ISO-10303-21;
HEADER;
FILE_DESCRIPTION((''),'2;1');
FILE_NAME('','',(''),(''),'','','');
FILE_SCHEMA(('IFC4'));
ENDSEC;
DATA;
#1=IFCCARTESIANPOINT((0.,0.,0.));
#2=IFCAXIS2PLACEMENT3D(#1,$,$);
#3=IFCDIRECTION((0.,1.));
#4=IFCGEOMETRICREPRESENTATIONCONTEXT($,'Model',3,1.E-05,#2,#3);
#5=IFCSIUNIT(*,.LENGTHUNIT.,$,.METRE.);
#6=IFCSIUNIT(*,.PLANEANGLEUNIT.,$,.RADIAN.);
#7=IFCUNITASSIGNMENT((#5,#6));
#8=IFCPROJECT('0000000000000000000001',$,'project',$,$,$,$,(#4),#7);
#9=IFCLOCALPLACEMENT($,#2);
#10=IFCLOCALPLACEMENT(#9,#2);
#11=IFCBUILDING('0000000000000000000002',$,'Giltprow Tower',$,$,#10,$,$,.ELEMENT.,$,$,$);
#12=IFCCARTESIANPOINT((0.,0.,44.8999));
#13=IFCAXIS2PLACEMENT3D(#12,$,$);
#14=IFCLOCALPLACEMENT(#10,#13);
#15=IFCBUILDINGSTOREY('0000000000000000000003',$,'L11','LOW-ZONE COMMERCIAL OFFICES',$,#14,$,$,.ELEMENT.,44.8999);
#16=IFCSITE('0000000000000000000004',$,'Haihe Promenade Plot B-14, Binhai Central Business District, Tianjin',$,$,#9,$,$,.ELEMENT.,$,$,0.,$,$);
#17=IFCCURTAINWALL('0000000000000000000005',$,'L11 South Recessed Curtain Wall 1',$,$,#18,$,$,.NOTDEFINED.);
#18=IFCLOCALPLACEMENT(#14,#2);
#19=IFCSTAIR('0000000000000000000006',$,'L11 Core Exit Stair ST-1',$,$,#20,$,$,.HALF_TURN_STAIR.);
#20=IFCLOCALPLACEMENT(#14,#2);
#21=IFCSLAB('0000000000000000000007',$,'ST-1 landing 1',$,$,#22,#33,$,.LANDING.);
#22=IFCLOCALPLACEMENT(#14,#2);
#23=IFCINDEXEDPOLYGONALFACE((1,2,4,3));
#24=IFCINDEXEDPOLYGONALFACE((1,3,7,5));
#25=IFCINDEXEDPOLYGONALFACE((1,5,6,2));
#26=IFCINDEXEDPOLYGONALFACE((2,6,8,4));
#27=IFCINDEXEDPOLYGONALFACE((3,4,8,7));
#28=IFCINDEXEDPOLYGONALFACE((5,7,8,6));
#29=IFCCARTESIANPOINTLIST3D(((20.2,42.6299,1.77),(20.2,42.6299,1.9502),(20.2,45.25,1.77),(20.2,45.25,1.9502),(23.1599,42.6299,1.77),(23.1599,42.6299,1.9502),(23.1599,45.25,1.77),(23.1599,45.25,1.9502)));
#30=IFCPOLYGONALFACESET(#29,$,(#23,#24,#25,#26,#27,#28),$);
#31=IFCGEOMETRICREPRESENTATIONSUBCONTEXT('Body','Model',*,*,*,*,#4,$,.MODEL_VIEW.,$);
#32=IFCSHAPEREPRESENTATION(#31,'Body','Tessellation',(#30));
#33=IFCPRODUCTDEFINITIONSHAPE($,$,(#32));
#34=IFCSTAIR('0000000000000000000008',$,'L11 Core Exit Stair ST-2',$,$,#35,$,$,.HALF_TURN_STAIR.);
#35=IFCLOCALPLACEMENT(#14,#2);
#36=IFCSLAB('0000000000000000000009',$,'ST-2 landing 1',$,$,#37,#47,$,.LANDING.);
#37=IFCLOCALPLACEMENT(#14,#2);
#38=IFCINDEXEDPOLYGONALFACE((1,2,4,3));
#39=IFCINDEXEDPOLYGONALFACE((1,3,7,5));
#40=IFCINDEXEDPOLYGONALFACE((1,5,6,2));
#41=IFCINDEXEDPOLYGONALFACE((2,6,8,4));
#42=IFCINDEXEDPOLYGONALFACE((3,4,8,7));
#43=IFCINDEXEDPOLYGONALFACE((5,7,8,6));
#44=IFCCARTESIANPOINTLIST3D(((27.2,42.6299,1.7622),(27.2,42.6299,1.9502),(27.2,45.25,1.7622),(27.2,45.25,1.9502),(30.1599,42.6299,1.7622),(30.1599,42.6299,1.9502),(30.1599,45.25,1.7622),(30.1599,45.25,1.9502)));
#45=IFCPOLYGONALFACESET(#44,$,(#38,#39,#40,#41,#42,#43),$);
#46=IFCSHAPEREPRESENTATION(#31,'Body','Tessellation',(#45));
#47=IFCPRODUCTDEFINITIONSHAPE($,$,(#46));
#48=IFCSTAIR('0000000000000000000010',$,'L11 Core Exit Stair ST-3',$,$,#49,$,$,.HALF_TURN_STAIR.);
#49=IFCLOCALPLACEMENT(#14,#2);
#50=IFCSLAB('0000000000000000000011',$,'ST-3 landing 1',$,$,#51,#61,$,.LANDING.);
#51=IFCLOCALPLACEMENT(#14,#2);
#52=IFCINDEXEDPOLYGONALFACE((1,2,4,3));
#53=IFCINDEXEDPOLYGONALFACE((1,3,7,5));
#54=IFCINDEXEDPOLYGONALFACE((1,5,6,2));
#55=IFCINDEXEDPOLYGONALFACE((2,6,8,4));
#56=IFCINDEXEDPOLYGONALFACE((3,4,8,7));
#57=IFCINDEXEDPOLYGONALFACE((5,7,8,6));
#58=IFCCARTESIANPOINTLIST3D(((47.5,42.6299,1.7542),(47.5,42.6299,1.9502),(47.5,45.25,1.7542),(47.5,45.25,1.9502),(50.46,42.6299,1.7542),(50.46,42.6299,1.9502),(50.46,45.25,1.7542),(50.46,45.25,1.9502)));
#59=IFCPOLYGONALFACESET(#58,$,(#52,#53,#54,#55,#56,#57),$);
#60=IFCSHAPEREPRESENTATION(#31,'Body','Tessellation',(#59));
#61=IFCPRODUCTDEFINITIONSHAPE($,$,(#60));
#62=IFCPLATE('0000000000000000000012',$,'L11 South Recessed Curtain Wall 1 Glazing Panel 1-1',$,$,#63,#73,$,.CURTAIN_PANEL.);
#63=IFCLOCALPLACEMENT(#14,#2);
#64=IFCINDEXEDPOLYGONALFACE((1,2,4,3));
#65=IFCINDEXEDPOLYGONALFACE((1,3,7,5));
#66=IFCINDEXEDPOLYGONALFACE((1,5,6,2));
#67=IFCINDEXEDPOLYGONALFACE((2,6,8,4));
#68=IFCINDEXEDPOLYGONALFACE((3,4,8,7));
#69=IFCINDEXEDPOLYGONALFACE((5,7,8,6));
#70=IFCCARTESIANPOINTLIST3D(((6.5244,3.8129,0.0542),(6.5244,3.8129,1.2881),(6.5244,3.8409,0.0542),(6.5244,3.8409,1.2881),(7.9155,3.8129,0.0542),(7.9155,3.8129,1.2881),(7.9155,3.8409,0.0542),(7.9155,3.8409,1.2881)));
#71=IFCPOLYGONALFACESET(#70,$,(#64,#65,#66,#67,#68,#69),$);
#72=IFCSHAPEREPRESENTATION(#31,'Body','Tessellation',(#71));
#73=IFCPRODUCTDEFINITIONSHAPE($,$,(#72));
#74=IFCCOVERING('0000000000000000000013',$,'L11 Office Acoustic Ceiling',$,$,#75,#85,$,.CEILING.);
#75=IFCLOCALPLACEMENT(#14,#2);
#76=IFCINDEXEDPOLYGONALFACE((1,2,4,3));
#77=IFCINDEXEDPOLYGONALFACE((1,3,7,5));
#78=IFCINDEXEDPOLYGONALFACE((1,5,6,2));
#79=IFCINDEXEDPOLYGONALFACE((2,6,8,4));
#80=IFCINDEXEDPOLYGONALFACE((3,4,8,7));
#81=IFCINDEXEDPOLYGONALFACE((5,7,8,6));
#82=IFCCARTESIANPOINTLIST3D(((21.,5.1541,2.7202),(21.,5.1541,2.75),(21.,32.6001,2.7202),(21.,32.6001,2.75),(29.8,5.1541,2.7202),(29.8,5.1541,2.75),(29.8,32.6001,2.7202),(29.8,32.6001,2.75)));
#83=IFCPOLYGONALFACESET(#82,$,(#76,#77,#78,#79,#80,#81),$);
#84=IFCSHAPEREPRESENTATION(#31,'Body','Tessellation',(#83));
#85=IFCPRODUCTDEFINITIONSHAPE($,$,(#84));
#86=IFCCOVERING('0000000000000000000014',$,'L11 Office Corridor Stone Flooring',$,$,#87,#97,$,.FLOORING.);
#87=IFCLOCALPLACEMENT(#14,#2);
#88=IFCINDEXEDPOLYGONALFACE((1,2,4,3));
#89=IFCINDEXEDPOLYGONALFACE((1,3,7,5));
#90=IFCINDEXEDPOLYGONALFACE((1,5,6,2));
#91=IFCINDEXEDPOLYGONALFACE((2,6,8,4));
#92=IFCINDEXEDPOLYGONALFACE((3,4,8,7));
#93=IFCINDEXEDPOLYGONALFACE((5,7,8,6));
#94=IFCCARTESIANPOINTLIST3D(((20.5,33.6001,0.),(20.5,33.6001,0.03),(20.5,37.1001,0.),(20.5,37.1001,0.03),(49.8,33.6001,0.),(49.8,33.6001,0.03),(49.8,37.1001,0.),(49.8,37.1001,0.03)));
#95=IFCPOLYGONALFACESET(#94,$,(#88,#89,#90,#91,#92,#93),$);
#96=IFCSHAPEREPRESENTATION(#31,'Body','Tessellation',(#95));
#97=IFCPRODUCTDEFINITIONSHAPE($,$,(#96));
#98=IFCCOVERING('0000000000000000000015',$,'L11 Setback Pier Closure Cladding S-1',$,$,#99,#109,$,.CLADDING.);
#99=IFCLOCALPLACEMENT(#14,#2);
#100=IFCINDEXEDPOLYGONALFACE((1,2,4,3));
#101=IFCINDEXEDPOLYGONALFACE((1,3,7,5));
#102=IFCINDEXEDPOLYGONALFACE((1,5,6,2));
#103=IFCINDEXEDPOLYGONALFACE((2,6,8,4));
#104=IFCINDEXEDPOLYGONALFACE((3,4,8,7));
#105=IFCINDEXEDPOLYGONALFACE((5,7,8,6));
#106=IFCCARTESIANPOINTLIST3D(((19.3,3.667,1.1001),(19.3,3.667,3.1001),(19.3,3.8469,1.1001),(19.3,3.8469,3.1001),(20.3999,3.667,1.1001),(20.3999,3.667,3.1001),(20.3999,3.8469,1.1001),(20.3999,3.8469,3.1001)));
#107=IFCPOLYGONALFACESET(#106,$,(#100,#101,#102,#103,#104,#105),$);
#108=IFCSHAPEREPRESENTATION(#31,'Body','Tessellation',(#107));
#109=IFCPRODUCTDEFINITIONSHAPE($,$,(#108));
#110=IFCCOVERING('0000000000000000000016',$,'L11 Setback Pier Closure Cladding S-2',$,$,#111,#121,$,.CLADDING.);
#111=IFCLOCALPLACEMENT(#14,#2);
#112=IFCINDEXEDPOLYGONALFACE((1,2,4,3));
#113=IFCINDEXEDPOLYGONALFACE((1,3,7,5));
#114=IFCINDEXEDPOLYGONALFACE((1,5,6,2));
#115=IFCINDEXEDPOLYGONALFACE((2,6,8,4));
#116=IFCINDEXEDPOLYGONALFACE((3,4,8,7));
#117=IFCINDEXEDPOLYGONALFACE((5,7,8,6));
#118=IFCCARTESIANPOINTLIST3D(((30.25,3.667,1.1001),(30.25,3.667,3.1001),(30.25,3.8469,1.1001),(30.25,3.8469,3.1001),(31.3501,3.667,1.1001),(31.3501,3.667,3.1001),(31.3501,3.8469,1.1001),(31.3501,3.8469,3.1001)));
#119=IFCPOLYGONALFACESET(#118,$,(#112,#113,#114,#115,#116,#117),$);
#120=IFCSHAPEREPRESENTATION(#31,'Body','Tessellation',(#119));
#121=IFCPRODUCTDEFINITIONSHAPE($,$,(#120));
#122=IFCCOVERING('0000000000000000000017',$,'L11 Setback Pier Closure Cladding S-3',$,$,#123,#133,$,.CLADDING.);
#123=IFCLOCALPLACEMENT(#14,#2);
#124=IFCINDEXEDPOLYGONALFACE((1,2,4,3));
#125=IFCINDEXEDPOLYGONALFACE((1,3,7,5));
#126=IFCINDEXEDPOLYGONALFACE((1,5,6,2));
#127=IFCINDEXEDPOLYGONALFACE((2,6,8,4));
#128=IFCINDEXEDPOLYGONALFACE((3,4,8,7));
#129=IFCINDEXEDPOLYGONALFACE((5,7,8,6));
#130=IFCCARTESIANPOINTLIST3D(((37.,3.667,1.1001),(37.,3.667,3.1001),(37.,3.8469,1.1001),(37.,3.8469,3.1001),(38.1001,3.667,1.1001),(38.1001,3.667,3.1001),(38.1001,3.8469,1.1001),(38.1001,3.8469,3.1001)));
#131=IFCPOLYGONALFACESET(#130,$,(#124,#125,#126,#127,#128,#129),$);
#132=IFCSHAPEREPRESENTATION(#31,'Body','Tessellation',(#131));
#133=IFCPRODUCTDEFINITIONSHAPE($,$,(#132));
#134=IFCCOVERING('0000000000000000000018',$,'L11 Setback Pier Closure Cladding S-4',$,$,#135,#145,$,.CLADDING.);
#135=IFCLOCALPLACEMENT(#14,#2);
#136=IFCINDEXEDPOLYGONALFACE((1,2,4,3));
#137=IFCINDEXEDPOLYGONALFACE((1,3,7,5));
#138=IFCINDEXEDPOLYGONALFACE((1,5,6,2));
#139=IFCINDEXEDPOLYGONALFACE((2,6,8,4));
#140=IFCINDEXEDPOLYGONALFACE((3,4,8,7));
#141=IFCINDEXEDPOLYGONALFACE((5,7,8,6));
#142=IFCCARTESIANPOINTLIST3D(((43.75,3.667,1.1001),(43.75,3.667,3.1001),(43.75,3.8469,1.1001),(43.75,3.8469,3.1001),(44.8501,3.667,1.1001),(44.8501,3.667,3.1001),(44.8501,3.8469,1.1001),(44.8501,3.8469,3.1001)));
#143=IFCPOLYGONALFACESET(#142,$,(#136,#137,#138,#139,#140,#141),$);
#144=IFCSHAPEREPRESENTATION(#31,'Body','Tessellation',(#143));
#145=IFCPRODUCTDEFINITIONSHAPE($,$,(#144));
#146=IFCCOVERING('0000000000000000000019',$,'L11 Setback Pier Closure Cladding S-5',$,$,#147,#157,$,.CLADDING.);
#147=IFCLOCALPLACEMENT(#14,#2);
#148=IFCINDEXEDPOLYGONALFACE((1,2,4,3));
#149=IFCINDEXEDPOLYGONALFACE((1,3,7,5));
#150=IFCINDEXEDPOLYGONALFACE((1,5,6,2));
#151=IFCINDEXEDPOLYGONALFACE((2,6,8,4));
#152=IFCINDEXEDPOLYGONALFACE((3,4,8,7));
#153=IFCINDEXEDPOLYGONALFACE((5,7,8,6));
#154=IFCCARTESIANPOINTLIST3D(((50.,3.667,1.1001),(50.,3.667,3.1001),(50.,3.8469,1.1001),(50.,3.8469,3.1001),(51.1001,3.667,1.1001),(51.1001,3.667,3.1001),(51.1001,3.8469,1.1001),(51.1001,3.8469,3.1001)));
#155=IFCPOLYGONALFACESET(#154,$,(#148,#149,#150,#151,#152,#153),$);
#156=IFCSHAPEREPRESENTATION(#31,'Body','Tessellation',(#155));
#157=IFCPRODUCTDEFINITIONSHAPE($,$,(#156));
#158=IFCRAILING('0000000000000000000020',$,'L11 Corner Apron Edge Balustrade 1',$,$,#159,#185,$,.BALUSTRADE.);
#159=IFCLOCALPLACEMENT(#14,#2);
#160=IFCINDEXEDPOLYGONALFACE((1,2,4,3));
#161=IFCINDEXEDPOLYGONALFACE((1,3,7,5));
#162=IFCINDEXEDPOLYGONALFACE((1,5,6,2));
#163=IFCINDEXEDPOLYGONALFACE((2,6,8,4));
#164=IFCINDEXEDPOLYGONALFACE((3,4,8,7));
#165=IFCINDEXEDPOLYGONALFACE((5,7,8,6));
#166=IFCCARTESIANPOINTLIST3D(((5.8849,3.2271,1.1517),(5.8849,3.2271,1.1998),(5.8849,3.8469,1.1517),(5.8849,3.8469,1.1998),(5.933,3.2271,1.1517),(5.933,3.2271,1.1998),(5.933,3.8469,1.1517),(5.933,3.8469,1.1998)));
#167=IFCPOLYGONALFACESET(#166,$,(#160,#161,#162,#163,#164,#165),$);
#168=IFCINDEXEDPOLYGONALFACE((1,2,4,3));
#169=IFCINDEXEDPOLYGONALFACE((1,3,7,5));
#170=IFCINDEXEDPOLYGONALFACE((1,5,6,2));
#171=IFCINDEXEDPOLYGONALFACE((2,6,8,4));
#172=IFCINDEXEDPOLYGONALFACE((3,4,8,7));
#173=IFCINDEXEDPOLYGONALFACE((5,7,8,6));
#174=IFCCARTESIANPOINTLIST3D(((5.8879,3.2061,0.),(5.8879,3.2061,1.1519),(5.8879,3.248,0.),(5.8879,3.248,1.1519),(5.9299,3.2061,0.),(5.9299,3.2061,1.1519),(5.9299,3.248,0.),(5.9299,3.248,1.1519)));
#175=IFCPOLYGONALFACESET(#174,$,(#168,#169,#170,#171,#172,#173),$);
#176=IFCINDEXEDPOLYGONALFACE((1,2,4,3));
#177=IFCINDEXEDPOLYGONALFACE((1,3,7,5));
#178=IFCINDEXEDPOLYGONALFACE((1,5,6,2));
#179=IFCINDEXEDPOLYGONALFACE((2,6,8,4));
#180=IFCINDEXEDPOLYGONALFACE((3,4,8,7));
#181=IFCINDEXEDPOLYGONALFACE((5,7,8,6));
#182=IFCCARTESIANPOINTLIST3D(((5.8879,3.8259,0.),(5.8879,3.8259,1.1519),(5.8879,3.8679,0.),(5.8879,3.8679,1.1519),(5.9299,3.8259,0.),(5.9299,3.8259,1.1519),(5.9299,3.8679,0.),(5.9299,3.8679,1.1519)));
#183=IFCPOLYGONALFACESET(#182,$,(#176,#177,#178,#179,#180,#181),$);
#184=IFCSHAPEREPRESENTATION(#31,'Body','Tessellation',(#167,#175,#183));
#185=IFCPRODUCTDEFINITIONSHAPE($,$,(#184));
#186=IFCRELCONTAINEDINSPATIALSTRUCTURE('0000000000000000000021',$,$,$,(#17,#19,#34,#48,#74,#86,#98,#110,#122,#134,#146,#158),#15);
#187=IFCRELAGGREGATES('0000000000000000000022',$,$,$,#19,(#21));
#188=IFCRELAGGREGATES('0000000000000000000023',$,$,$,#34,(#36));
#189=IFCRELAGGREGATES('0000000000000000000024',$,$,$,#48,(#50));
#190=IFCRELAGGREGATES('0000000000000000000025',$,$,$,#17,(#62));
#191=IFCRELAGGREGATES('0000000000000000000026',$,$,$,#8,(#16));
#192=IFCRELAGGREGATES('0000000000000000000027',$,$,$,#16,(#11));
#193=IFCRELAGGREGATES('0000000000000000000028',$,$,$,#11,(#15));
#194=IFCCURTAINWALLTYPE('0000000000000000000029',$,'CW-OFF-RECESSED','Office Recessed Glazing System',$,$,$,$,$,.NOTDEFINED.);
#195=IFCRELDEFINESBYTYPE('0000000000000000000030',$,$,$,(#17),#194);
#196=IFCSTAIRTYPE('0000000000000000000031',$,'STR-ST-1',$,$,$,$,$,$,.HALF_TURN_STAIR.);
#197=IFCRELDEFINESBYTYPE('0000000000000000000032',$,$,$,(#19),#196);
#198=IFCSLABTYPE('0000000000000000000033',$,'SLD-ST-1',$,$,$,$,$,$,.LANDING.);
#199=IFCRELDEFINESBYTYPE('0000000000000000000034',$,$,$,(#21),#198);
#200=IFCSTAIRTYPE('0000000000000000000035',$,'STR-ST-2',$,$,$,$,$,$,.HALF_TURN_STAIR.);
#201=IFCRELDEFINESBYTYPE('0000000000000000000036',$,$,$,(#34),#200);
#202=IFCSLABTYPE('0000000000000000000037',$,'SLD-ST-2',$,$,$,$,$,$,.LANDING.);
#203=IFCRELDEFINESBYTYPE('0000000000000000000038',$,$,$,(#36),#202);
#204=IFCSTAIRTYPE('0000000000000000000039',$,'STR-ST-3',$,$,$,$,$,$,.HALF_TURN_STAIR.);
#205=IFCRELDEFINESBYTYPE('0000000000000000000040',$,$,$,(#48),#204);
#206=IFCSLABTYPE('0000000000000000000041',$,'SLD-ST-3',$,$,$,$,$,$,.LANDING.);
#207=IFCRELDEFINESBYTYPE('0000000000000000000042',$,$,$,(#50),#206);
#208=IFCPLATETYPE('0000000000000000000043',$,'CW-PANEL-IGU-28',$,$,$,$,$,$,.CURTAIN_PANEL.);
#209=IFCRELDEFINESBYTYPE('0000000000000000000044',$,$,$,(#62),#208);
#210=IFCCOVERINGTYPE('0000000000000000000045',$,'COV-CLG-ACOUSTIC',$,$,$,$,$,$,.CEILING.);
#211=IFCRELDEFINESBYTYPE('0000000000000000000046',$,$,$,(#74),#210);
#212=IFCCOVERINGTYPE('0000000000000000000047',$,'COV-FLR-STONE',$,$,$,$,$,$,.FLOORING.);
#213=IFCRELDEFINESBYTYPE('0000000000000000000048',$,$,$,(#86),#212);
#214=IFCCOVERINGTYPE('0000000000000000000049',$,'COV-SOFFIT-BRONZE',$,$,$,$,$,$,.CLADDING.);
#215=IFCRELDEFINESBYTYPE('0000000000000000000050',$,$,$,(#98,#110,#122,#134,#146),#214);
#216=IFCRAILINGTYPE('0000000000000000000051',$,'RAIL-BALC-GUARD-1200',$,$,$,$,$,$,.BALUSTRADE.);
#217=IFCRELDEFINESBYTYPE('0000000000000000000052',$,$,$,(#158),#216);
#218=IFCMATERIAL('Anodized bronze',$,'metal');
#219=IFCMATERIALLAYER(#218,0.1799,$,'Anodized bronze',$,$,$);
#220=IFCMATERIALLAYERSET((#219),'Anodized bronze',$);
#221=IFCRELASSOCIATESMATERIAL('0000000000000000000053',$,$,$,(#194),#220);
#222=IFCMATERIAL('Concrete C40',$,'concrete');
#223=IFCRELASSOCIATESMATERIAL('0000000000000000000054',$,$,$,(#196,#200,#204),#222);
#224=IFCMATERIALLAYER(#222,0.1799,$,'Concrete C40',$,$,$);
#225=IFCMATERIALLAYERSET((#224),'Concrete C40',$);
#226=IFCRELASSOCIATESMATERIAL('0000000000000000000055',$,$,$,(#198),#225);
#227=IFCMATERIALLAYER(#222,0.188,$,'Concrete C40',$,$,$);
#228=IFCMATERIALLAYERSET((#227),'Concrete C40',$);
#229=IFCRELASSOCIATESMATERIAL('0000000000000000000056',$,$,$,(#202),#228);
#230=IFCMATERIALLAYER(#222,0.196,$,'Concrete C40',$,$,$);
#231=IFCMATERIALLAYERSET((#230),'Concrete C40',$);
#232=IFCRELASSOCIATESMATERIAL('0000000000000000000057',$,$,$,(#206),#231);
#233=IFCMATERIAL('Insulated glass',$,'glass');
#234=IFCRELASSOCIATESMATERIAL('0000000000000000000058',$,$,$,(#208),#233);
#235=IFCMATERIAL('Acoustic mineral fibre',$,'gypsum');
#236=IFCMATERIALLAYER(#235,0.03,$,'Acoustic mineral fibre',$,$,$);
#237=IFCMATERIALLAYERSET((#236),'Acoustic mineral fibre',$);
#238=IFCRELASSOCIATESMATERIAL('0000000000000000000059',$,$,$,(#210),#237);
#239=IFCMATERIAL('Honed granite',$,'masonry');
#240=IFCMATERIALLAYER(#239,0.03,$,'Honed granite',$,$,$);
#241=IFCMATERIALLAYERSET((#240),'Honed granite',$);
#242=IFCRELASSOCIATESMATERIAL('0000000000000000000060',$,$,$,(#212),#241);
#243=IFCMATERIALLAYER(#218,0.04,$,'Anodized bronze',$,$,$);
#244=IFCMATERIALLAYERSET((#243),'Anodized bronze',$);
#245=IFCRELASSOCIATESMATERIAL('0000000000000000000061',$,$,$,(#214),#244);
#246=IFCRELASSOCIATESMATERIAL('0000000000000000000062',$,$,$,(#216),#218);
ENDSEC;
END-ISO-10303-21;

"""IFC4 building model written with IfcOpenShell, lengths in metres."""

from ifc_helpers import new_model, si_unit, direction, frame, origin, origin_2d, place, context, subcontext, project, spatial, polyline, rectangle, outline, extrude, source, transform, mapped, material, layer, layer_set, type_object, element, aggregate, save


model = new_model("IFC4")

# Units and contexts
model_context = context("Model", 3, precision=1e-05, world=origin(), true_north=direction((0.0, 1.0)))
body_context = subcontext(model_context, "Body", "Model", "MODEL_VIEW")
ifc_project = project(units=[si_unit("LENGTHUNIT", "METRE"), si_unit("PLANEANGLEUNIT", "RADIAN")], contexts=[model_context])

# Site, building, storey
site_placement = place(None, origin())
site = spatial("IfcSite", under=ifc_project, at=site_placement, Name="Haihe Promenade Plot B-14, Binhai Central Business District, Tianjin", CompositionType="ELEMENT", RefElevation=0.0)
building_placement = place(site_placement, origin())
building = spatial("IfcBuilding", under=site, at=building_placement, Name="Giltprow Tower", CompositionType="ELEMENT")
storey_placement = place(building_placement, frame((0.0, 0.0, 44.8999)))
storey = spatial("IfcBuildingStorey", under=building, at=storey_placement, Name="L11", Description="LOW-ZONE COMMERCIAL OFFICES", CompositionType="ELEMENT", Elevation=44.8999)

# Curtain wall
ifc_material_1 = material(Name="Anodized bronze", Category="metal")
ifc_layer_1 = layer(ifc_material_1, 0.1799, Name="Anodized bronze")
ifc_layer_set_1 = layer_set([ifc_layer_1], Name="Anodized bronze")
curtain_wall_type = type_object("IfcCurtainWallType", Name="CW-OFF-RECESSED", Description="Office Recessed Glazing System", PredefinedType="NOTDEFINED", material=ifc_layer_set_1)
curtain_wall_placement = place(storey_placement, origin())
curtain_wall = element("IfcCurtainWall", 1, at=curtain_wall_placement, inside=storey, type_object=curtain_wall_type, Name="L11 South Recessed Curtain Wall 1", PredefinedType="NOTDEFINED")

# Shared definitions
ifc_material_2 = material(Name="Concrete C40", Category="concrete")

# Stairs, slabs
stair_type_1 = type_object("IfcStairType", Name="STR-ST-1", PredefinedType="HALF_TURN_STAIR", material=ifc_material_2)
stair_1_placement = place(storey_placement, origin())
stair_1 = element("IfcStair", 2, at=stair_1_placement, inside=storey, type_object=stair_type_1, Name="L11 Core Exit Stair ST-1", PredefinedType="HALF_TURN_STAIR")
ifc_layer_2 = layer(ifc_material_2, 0.1799, Name="Concrete C40")
ifc_layer_set_2 = layer_set([ifc_layer_2], Name="Concrete C40")
slab_type_1 = type_object("IfcSlabType", Name="SLD-ST-1", PredefinedType="LANDING", material=ifc_layer_set_2)
slab_1_placement = place(storey_placement, frame((0.0, 0.0, 1.77)))
slab_1 = element("IfcSlab", 3, at=slab_1_placement, type_object=slab_type_1, Name="ST-1 landing 1", PredefinedType="LANDING", context=body_context, shape_type="SweptSolid", body=[
    extrude(outline(polyline([(23.1599, 42.6299), (23.1599, 45.25), (20.2, 45.25), (20.2, 42.6299), (23.1599, 42.6299)])), origin(), (0.0, 0.0, 1.0), 0.1802),
])
aggregate(stair_1, [slab_1])
stair_type_2 = type_object("IfcStairType", Name="STR-ST-2", PredefinedType="HALF_TURN_STAIR", material=ifc_material_2)
stair_2_placement = place(storey_placement, origin())
stair_2 = element("IfcStair", 4, at=stair_2_placement, inside=storey, type_object=stair_type_2, Name="L11 Core Exit Stair ST-2", PredefinedType="HALF_TURN_STAIR")
ifc_layer_3 = layer(ifc_material_2, 0.188, Name="Concrete C40")
ifc_layer_set_3 = layer_set([ifc_layer_3], Name="Concrete C40")
slab_type_2 = type_object("IfcSlabType", Name="SLD-ST-2", PredefinedType="LANDING", material=ifc_layer_set_3)
slab_2_placement = place(storey_placement, frame((0.0, 0.0, 1.7622)))
slab_2 = element("IfcSlab", 5, at=slab_2_placement, type_object=slab_type_2, Name="ST-2 landing 1", PredefinedType="LANDING", context=body_context, shape_type="SweptSolid", body=[
    extrude(outline(polyline([(30.1599, 42.6299), (30.1599, 45.25), (27.2, 45.25), (27.2, 42.6299), (30.1599, 42.6299)])), origin(), (0.0, 0.0, 1.0), 0.188),
])
aggregate(stair_2, [slab_2])
stair_type_3 = type_object("IfcStairType", Name="STR-ST-3", PredefinedType="HALF_TURN_STAIR", material=ifc_material_2)
stair_3_placement = place(storey_placement, origin())
stair_3 = element("IfcStair", 6, at=stair_3_placement, inside=storey, type_object=stair_type_3, Name="L11 Core Exit Stair ST-3", PredefinedType="HALF_TURN_STAIR")
ifc_layer_4 = layer(ifc_material_2, 0.196, Name="Concrete C40")
ifc_layer_set_4 = layer_set([ifc_layer_4], Name="Concrete C40")
slab_type_3 = type_object("IfcSlabType", Name="SLD-ST-3", PredefinedType="LANDING", material=ifc_layer_set_4)
slab_3_placement = place(storey_placement, frame((0.0, 0.0, 1.7542)))
slab_3 = element("IfcSlab", 7, at=slab_3_placement, type_object=slab_type_3, Name="ST-3 landing 1", PredefinedType="LANDING", context=body_context, shape_type="SweptSolid", body=[
    extrude(outline(polyline([(50.46, 42.6299), (50.46, 45.25), (47.5, 45.25), (47.5, 42.6299), (50.46, 42.6299)])), origin(), (0.0, 0.0, 1.0), 0.196),
])
aggregate(stair_3, [slab_3])

# Plate
ifc_material_3 = material(Name="Insulated glass", Category="glass")
plate_type = type_object("IfcPlateType", Name="CW-PANEL-IGU-28", PredefinedType="CURTAIN_PANEL", material=ifc_material_3)
shared_shape_1 = source(origin(), body_context, "Body", "SweptSolid", [
    extrude(rectangle(XDim=1.3911, YDim=0.0281, at=origin_2d()), origin(), (0.0, 0.0, 1.0), 1.2339),
])
plate_placement = place(storey_placement, frame((7.22, 3.8269, 0.0542), z_axis=(0.0, 0.0, 1.0), x_axis=(1.0, 0.0, 0.0)))
plate = element("IfcPlate", 8, at=plate_placement, type_object=plate_type, Name="L11 South Recessed Curtain Wall 1 Glazing Panel 1-1", PredefinedType="CURTAIN_PANEL", context=body_context, shape_type="MappedRepresentation", body=[
    mapped(shared_shape_1, transform((0.0, 0.0, 0.0), x_axis=(1.0, 0.0, 0.0), y_axis=(0.0, 1.0, 0.0), z_axis=(0.0, 0.0, 1.0), scale=1.0)),
])
aggregate(curtain_wall, [plate])

# Coverings
ifc_material_4 = material(Name="Acoustic mineral fibre", Category="gypsum")
ifc_layer_5 = layer(ifc_material_4, 0.03, Name="Acoustic mineral fibre")
ifc_layer_set_5 = layer_set([ifc_layer_5], Name="Acoustic mineral fibre")
covering_type_1 = type_object("IfcCoveringType", Name="COV-CLG-ACOUSTIC", PredefinedType="CEILING", material=ifc_layer_set_5)
covering_1_placement = place(storey_placement, frame((0.0, 0.0, 2.7202)))
element("IfcCovering", 9, at=covering_1_placement, inside=storey, type_object=covering_type_1, Name="L11 Office Acoustic Ceiling", PredefinedType="CEILING", context=body_context, shape_type="SweptSolid", body=[
    extrude(outline(polyline([(21.0, 5.1541), (29.8, 5.1541), (29.8, 32.6001), (21.0, 32.6001), (21.0, 5.1541)])), origin(), (0.0, 0.0, 1.0), 0.0298),
])
ifc_material_5 = material(Name="Honed granite", Category="masonry")
ifc_layer_6 = layer(ifc_material_5, 0.03, Name="Honed granite")
ifc_layer_set_6 = layer_set([ifc_layer_6], Name="Honed granite")
covering_type_2 = type_object("IfcCoveringType", Name="COV-FLR-STONE", PredefinedType="FLOORING", material=ifc_layer_set_6)
covering_2_placement = place(storey_placement, origin())
element("IfcCovering", 10, at=covering_2_placement, inside=storey, type_object=covering_type_2, Name="L11 Office Corridor Stone Flooring", PredefinedType="FLOORING", context=body_context, shape_type="SweptSolid", body=[
    extrude(outline(polyline([(20.5, 33.6001), (49.8, 33.6001), (49.8, 37.1001), (20.5, 37.1001), (20.5, 33.6001)])), origin(), (0.0, 0.0, 1.0), 0.03),
])
ifc_layer_7 = layer(ifc_material_1, 0.04, Name="Anodized bronze")
ifc_layer_set_7 = layer_set([ifc_layer_7], Name="Anodized bronze")
covering_type_3 = type_object("IfcCoveringType", Name="COV-SOFFIT-BRONZE", PredefinedType="CLADDING", material=ifc_layer_set_7)
covering_3_placement = place(storey_placement, frame((0.0, 0.0, 1.1001)))
element("IfcCovering", 11, at=covering_3_placement, inside=storey, type_object=covering_type_3, Name="L11 Setback Pier Closure Cladding S-1", PredefinedType="CLADDING", context=body_context, shape_type="SweptSolid", body=[
    extrude(outline(polyline([(19.3, 3.667), (20.3999, 3.667), (20.3999, 3.8469), (19.3, 3.8469), (19.3, 3.667)])), origin(), (0.0, 0.0, 1.0), 2.0),
])
covering_4_placement = place(storey_placement, frame((0.0, 0.0, 1.1001)))
element("IfcCovering", 12, at=covering_4_placement, inside=storey, type_object=covering_type_3, Name="L11 Setback Pier Closure Cladding S-2", PredefinedType="CLADDING", context=body_context, shape_type="SweptSolid", body=[
    extrude(outline(polyline([(30.25, 3.667), (31.3501, 3.667), (31.3501, 3.8469), (30.25, 3.8469), (30.25, 3.667)])), origin(), (0.0, 0.0, 1.0), 2.0),
])
covering_5_placement = place(storey_placement, frame((0.0, 0.0, 1.1001)))
element("IfcCovering", 13, at=covering_5_placement, inside=storey, type_object=covering_type_3, Name="L11 Setback Pier Closure Cladding S-3", PredefinedType="CLADDING", context=body_context, shape_type="SweptSolid", body=[
    extrude(outline(polyline([(37.0, 3.667), (38.1001, 3.667), (38.1001, 3.8469), (37.0, 3.8469), (37.0, 3.667)])), origin(), (0.0, 0.0, 1.0), 2.0),
])
covering_6_placement = place(storey_placement, frame((0.0, 0.0, 1.1001)))
element("IfcCovering", 14, at=covering_6_placement, inside=storey, type_object=covering_type_3, Name="L11 Setback Pier Closure Cladding S-4", PredefinedType="CLADDING", context=body_context, shape_type="SweptSolid", body=[
    extrude(outline(polyline([(43.75, 3.667), (44.8501, 3.667), (44.8501, 3.8469), (43.75, 3.8469), (43.75, 3.667)])), origin(), (0.0, 0.0, 1.0), 2.0),
])
covering_7_placement = place(storey_placement, frame((0.0, 0.0, 1.1001)))
element("IfcCovering", 15, at=covering_7_placement, inside=storey, type_object=covering_type_3, Name="L11 Setback Pier Closure Cladding S-5", PredefinedType="CLADDING", context=body_context, shape_type="SweptSolid", body=[
    extrude(outline(polyline([(50.0, 3.667), (51.1001, 3.667), (51.1001, 3.8469), (50.0, 3.8469), (50.0, 3.667)])), origin(), (0.0, 0.0, 1.0), 2.0),
])

# Railing
railing_type = type_object("IfcRailingType", Name="RAIL-BALC-GUARD-1200", PredefinedType="BALUSTRADE", material=ifc_material_1)
railing_placement = place(storey_placement, frame((5.9089, 3.2271, 0.0)))
element("IfcRailing", 16, at=railing_placement, inside=storey, type_object=railing_type, Name="L11 Corner Apron Edge Balustrade 1", PredefinedType="BALUSTRADE", context=body_context, shape_type="SweptSolid", body=[
    extrude(rectangle(XDim=0.0481, YDim=0.0481, at=origin_2d()), frame((0.0, 0.0, 1.1758), z_axis=(0.0, 1.0, 0.0), x_axis=(-1.0, 0.0, 0.0)), (0.0, 0.0, 1.0), 0.6199),
    extrude(rectangle(XDim=0.042, YDim=0.042, at=origin_2d()), origin(), (0.0, 0.0, 1.0), 1.1519),
    extrude(rectangle(XDim=0.042, YDim=0.042, at=origin_2d()), frame((0.0, 0.6199, 0.0)), (0.0, 0.0, 1.0), 1.1519),
])

save(model, "model.ifc")
